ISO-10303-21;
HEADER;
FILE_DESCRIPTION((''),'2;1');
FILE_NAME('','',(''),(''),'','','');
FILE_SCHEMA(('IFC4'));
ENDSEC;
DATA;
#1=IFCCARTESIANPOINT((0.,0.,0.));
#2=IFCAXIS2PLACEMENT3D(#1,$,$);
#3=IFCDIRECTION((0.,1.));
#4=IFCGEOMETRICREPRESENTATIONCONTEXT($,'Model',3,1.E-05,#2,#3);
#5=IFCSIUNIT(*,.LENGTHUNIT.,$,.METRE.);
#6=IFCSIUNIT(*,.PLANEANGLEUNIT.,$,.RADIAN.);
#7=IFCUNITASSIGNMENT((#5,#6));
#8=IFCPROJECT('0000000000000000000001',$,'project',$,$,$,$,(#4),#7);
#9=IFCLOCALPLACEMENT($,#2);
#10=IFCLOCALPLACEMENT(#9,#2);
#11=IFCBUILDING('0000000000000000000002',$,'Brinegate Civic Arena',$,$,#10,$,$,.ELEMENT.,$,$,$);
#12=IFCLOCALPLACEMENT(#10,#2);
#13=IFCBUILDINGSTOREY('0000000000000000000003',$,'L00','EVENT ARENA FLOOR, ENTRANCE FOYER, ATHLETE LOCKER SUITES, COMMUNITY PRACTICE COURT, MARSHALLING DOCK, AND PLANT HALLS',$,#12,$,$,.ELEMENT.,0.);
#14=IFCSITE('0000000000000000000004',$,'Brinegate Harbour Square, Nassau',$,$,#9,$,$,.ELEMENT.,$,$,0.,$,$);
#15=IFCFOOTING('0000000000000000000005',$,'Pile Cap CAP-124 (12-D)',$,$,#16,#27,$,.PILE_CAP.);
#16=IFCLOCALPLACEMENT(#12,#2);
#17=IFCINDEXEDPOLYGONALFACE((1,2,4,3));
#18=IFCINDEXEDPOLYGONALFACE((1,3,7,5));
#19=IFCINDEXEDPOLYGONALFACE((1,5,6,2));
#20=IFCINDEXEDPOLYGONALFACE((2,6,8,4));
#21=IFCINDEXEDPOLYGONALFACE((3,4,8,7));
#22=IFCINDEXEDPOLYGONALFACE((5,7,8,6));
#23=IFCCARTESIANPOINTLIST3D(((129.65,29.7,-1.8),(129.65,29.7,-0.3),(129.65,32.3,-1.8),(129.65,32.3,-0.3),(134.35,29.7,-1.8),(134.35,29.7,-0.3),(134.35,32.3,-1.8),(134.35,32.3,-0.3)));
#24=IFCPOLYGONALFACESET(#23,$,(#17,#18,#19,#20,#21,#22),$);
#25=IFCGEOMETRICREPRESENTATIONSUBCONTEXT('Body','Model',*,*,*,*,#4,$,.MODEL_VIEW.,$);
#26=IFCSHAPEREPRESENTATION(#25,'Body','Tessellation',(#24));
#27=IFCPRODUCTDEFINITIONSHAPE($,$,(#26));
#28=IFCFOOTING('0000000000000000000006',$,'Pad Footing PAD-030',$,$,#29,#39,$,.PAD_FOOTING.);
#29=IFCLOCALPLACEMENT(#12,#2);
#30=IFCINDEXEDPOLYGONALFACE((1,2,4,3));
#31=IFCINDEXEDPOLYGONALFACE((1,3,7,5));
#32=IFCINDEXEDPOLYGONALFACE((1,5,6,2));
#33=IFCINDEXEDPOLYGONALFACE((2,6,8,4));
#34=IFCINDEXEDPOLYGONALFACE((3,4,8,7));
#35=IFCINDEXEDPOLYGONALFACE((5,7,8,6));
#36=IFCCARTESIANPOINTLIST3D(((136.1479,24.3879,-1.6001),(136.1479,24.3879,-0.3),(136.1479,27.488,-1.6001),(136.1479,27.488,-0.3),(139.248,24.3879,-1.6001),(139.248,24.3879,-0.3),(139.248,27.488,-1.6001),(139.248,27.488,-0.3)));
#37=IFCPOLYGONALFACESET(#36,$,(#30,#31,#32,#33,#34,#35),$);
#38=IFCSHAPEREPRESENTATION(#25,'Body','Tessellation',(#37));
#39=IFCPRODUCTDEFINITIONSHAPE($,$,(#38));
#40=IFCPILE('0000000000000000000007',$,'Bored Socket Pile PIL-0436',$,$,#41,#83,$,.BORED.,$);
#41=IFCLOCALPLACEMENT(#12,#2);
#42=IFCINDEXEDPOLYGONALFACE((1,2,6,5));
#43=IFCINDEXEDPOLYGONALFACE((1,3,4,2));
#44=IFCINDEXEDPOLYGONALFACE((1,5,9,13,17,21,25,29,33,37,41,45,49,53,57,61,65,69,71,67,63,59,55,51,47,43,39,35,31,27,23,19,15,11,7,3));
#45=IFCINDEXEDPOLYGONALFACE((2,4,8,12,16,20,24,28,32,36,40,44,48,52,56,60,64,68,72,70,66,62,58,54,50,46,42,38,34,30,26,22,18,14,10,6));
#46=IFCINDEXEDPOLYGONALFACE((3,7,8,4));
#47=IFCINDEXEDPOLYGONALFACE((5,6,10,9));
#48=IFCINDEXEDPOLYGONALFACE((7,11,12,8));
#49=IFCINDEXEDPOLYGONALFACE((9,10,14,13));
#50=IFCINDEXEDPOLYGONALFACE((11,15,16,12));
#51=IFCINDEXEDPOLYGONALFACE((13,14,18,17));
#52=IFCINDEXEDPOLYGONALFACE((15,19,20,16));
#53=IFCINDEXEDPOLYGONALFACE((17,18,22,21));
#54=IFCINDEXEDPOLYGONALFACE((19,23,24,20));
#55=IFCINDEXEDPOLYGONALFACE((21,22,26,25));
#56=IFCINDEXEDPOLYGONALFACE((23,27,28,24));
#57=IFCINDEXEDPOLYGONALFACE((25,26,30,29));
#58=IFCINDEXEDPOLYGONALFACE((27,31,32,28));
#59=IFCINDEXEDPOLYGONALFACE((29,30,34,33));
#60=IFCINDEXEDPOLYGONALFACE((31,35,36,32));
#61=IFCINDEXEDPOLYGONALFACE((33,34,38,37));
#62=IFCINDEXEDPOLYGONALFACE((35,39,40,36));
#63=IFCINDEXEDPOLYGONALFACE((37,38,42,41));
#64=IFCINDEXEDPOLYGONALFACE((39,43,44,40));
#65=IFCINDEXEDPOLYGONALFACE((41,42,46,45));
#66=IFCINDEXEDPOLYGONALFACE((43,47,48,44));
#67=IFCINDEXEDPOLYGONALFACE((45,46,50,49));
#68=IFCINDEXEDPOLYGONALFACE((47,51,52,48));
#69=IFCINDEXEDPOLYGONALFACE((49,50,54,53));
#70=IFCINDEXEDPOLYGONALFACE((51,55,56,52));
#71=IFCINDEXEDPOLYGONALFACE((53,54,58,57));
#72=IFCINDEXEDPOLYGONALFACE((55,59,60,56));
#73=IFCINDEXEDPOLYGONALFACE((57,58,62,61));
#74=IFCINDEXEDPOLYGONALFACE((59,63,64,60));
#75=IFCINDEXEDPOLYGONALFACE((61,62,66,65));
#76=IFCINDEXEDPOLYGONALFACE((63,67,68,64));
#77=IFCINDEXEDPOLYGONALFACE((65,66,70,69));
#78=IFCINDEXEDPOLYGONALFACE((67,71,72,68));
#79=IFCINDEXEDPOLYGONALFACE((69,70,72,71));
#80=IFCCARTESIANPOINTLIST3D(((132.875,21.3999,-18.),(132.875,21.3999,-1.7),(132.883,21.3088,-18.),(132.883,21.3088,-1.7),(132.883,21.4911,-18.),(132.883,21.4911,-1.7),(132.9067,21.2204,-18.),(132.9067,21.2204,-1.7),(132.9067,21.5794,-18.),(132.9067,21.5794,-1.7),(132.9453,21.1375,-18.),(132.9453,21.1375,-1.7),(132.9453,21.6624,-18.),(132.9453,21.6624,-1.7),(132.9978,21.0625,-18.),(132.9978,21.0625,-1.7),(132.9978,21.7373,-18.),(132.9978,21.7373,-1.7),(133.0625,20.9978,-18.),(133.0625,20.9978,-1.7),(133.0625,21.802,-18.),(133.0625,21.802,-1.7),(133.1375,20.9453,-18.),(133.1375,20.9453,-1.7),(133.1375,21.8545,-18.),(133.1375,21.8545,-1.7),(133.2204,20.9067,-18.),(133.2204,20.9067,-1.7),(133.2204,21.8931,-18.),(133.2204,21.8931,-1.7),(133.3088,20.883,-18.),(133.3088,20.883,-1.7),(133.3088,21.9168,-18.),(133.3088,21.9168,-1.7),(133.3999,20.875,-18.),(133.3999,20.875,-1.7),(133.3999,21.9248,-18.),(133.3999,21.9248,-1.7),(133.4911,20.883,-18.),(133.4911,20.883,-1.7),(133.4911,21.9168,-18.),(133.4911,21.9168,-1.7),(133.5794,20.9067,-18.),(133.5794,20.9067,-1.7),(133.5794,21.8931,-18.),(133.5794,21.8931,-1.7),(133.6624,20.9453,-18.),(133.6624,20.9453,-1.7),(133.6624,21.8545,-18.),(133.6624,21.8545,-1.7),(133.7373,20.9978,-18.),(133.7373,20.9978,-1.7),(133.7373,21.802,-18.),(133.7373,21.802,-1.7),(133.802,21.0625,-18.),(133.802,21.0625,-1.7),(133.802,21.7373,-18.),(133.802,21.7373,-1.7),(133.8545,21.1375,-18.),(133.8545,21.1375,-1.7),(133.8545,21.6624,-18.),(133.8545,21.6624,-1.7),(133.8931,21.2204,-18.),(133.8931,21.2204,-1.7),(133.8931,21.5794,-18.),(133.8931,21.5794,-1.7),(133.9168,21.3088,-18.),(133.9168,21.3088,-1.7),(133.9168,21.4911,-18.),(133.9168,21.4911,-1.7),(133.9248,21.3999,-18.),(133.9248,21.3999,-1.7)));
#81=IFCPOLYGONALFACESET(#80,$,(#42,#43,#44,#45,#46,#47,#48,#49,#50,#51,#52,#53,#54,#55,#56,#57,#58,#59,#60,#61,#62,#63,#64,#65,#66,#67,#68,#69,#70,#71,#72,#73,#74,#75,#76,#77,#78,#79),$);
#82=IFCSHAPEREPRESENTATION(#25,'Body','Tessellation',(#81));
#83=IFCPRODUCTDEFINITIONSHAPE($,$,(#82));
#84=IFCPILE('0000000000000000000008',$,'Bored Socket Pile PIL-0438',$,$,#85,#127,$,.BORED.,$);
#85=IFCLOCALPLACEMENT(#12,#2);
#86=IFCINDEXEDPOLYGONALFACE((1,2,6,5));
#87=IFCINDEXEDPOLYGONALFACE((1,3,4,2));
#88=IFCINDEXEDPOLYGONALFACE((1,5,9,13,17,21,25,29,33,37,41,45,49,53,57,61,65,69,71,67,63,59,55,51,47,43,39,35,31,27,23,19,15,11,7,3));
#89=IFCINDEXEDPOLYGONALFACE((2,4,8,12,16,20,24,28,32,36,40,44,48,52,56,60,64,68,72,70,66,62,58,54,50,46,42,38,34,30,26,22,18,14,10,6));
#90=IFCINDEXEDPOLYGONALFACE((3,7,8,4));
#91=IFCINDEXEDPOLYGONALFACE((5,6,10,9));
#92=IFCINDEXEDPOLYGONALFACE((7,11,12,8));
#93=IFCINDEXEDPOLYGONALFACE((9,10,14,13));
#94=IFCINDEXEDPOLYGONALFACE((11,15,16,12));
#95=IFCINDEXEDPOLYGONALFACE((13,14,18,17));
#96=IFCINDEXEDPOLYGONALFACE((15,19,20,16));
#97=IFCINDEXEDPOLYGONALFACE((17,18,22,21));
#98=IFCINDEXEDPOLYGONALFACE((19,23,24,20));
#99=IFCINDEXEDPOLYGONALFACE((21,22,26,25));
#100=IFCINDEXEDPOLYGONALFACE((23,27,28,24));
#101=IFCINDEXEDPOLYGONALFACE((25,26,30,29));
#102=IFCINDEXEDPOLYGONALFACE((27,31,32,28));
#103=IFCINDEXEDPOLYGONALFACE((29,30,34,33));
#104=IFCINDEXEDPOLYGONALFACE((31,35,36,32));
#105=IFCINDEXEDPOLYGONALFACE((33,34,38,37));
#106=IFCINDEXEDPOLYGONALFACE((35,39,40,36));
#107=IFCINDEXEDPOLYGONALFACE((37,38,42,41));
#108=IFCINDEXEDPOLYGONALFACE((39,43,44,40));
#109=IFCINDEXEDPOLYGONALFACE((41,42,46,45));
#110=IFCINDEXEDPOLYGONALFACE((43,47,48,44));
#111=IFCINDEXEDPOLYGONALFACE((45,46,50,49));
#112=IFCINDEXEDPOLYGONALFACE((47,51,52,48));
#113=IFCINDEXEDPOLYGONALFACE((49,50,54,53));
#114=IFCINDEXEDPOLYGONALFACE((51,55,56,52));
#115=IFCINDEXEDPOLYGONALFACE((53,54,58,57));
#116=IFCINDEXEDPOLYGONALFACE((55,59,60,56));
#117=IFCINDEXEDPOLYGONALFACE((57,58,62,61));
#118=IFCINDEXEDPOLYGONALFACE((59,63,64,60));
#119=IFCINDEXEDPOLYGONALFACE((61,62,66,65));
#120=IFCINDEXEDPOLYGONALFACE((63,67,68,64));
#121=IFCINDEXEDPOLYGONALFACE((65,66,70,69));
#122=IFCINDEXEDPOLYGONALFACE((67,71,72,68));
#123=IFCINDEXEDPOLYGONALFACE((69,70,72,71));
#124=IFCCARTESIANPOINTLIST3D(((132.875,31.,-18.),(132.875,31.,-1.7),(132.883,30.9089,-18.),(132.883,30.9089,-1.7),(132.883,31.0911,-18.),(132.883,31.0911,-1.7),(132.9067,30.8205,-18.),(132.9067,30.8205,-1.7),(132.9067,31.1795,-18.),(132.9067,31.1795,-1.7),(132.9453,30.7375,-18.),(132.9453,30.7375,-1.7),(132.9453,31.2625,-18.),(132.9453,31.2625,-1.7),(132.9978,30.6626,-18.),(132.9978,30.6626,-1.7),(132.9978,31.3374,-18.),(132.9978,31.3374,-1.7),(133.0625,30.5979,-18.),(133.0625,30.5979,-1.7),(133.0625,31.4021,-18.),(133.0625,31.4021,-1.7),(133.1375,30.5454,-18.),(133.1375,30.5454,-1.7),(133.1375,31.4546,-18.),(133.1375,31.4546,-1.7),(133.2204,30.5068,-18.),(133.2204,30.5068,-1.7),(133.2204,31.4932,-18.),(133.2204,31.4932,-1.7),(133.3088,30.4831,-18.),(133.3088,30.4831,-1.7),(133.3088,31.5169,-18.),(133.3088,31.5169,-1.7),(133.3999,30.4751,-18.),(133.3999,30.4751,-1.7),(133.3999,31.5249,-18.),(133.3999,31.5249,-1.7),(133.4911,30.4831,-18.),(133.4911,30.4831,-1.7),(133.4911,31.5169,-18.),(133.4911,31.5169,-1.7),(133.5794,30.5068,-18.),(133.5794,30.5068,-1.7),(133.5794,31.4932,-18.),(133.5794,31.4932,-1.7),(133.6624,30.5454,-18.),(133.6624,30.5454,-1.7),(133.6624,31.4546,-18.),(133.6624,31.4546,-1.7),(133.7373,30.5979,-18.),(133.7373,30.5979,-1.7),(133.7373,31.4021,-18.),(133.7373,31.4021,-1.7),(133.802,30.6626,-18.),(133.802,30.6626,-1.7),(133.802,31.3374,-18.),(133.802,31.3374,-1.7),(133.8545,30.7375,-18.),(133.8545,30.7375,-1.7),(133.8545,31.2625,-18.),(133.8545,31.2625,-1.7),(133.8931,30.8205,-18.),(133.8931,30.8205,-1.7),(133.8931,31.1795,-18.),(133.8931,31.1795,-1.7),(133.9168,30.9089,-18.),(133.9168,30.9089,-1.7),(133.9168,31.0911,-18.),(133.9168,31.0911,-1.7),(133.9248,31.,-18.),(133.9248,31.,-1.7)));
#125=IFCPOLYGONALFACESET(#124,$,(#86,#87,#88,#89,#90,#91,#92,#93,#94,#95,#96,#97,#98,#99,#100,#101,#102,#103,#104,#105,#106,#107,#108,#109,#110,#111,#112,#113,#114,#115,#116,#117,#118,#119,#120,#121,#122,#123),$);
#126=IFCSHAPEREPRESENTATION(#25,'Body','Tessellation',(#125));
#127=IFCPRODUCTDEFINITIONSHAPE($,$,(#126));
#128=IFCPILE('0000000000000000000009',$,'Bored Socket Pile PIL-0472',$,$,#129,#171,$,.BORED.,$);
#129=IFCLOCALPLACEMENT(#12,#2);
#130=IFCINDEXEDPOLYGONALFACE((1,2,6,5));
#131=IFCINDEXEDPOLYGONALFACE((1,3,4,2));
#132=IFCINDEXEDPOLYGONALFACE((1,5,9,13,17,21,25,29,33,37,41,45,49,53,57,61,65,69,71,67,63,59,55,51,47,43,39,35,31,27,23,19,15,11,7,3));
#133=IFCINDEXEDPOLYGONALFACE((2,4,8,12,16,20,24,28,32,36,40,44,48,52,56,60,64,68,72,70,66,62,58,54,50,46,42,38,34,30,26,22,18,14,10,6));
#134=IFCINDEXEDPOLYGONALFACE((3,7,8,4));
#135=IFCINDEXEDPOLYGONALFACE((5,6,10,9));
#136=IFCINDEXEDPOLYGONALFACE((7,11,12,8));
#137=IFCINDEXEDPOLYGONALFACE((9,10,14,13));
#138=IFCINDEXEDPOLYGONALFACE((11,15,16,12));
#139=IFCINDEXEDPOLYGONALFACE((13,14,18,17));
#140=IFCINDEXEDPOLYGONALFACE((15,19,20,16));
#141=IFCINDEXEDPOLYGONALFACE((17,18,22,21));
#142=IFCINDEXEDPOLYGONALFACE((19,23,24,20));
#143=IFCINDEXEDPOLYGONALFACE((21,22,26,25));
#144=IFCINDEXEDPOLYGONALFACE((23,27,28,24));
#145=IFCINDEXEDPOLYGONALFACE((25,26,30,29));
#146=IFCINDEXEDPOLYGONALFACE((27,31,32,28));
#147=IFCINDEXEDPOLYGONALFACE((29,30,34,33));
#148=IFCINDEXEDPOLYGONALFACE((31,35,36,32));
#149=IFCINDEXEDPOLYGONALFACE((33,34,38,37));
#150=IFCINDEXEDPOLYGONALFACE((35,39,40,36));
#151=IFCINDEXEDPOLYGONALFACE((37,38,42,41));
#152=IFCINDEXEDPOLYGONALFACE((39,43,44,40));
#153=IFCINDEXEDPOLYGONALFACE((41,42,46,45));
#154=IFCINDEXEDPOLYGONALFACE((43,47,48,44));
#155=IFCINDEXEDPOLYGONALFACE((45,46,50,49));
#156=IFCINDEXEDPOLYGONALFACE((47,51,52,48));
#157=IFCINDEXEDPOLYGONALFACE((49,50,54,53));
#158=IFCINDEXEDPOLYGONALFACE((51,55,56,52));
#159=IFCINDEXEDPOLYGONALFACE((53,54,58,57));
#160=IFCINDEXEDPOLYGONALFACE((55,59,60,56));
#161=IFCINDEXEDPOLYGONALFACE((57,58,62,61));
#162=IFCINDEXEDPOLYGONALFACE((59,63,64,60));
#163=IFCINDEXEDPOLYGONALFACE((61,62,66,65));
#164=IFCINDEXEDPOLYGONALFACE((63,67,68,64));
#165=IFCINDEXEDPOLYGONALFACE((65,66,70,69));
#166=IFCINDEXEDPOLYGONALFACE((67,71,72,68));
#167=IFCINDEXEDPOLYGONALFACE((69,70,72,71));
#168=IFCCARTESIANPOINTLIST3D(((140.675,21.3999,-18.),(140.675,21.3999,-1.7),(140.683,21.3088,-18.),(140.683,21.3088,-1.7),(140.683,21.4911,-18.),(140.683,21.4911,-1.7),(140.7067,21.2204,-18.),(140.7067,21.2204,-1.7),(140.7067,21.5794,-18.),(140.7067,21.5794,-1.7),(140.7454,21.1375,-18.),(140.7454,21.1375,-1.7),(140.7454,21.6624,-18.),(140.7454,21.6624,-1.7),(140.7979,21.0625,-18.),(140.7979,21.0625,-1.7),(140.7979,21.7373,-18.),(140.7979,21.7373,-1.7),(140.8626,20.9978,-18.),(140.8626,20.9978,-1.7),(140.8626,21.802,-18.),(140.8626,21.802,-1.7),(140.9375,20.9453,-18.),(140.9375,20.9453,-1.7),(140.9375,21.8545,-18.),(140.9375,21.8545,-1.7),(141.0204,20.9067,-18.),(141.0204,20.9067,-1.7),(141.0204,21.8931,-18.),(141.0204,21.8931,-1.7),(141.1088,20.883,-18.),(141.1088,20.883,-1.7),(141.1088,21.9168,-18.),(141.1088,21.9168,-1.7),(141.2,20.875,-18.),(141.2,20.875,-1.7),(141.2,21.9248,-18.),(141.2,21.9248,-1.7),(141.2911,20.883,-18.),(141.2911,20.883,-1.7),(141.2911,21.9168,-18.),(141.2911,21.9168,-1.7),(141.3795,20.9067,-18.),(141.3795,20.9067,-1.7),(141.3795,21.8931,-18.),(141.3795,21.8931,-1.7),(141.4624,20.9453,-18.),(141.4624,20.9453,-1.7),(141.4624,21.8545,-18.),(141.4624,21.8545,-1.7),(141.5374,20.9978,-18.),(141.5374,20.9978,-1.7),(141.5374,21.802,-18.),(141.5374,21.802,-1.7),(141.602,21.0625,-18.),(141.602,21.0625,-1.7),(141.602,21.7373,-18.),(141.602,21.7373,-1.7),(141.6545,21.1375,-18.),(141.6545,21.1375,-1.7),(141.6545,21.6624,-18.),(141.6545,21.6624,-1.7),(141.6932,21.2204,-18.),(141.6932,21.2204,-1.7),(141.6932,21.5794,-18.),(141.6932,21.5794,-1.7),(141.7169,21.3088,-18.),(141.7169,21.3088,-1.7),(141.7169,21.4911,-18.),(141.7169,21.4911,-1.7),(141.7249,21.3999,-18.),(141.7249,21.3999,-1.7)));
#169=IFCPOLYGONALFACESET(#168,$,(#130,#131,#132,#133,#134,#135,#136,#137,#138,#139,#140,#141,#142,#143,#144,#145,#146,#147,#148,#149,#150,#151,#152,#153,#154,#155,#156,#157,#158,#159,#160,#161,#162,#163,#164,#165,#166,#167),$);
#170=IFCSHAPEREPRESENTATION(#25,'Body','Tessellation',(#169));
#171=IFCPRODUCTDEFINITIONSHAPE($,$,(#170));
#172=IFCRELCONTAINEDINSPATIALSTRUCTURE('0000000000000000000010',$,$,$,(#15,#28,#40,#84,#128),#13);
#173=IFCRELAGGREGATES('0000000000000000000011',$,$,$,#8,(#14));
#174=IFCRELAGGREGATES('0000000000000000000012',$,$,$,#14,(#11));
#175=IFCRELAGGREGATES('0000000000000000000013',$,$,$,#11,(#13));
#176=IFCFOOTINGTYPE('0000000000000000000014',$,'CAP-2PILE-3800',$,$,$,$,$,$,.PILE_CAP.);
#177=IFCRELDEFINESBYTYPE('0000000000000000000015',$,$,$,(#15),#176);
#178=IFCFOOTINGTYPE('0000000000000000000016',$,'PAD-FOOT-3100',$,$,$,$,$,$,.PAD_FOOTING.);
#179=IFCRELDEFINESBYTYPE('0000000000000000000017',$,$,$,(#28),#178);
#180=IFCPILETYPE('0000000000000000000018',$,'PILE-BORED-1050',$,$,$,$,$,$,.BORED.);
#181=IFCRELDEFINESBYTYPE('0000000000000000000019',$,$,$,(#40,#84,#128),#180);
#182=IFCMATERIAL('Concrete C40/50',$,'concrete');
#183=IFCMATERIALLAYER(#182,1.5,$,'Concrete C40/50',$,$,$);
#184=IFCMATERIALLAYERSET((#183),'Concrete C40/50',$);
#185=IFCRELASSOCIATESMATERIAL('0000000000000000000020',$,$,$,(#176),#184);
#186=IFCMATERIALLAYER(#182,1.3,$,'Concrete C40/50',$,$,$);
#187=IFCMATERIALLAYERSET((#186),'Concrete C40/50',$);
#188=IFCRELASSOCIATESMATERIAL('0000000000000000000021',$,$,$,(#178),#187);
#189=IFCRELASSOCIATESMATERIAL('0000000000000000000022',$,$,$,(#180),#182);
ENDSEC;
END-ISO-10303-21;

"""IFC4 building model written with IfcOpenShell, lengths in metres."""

from ifc_helpers import new_model, si_unit, direction, frame, origin, origin_2d, place, context, subcontext, project, spatial, rectangle, circle, extrude, material, layer, layer_set, material_profile, profile_set, type_object, element, save


model = new_model("IFC4")

# Units and contexts
model_context = context("Model", 3, precision=1e-05, world=origin(), true_north=direction((0.0, 1.0)))
body_context = subcontext(model_context, "Body", "Model", "MODEL_VIEW")
ifc_project = project(units=[si_unit("LENGTHUNIT", "METRE"), si_unit("PLANEANGLEUNIT", "RADIAN")], contexts=[model_context])

# Site, building, storey
site_placement = place(None, origin())
site = spatial("IfcSite", under=ifc_project, at=site_placement, Name="Brinegate Harbour Square, Nassau", CompositionType="ELEMENT", RefElevation=0.0)
building_placement = place(site_placement, origin())
building = spatial("IfcBuilding", under=site, at=building_placement, Name="Brinegate Civic Arena", CompositionType="ELEMENT")
storey_placement = place(building_placement, origin())
storey = spatial("IfcBuildingStorey", under=building, at=storey_placement, Name="L00", Description="EVENT ARENA FLOOR, ENTRANCE FOYER, ATHLETE LOCKER SUITES, COMMUNITY PRACTICE COURT, MARSHALLING DOCK, AND PLANT HALLS", CompositionType="ELEMENT", Elevation=0.0)

# Footings
ifc_material_1 = material(Name="Concrete C40/50", Category="concrete")
ifc_layer_1 = layer(ifc_material_1, 1.5, Name="Concrete C40/50")
ifc_layer_set_1 = layer_set([ifc_layer_1], Name="Concrete C40/50")
footing_type_1 = type_object("IfcFootingType", Name="CAP-2PILE-3800", PredefinedType="PILE_CAP", material=ifc_layer_set_1)
footing_1_placement = place(storey_placement, frame((132.0, 31.0, -1.8), z_axis=(0.0, 0.0, 1.0), x_axis=(1.0, 0.0, 0.0)))
element("IfcFooting", 1, at=footing_1_placement, inside=storey, type_object=footing_type_1, Name="Pile Cap CAP-124 (12-D)", PredefinedType="PILE_CAP", context=body_context, shape_type="SweptSolid", body=[
    extrude(rectangle(XDim=4.7, YDim=2.6001, at=origin_2d()), origin(), (0.0, 0.0, 1.0), 1.5),
])
ifc_layer_2 = layer(ifc_material_1, 1.3, Name="Concrete C40/50")
ifc_layer_set_2 = layer_set([ifc_layer_2], Name="Concrete C40/50")
footing_type_2 = type_object("IfcFootingType", Name="PAD-FOOT-3100", PredefinedType="PAD_FOOTING", material=ifc_layer_set_2)
footing_2_placement = place(storey_placement, frame((137.698, 25.938, -1.6001), z_axis=(0.0, 0.0, 1.0), x_axis=(1.0, 0.0, 0.0)))
element("IfcFooting", 2, at=footing_2_placement, inside=storey, type_object=footing_type_2, Name="Pad Footing PAD-030", PredefinedType="PAD_FOOTING", context=body_context, shape_type="SweptSolid", body=[
    extrude(rectangle(XDim=3.1001, YDim=3.1001, at=origin_2d()), origin(), (0.0, 0.0, 1.0), 1.3),
])

# Piles
ifc_material_profile_1 = material_profile(ifc_material_1, circle(Radius=0.5249, at=origin_2d()), Name="PILED1050")
ifc_profile_set_1 = profile_set([ifc_material_profile_1], Name="Concrete C40/50")
pile_type = type_object("IfcPileType", Name="PILE-BORED-1050", PredefinedType="BORED", material=ifc_profile_set_1)
for number, where, z_axis, x_axis, name in (
    (3, (133.3999, 21.3999, -1.7), (0.0, 0.0, -1.0), (1.0, 0.0, 0.0), "Bored Socket Pile PIL-0436"),
    (4, (133.3999, 31.0, -1.7), (0.0, 0.0, -1.0), (1.0, 0.0, 0.0), "Bored Socket Pile PIL-0438"),
    (5, (141.2, 21.3999, -1.7), (0.0, 0.0, -1.0), (1.0, 0.0, 0.0), "Bored Socket Pile PIL-0472"),
):
    element("IfcPile", number, at=place(storey_placement, frame(where, z_axis=z_axis, x_axis=x_axis)), inside=storey, type_object=pile_type, Name=name, PredefinedType="BORED", context=body_context, shape_type="SweptSolid", body=[
        extrude(circle(Radius=0.5249, at=origin_2d()), origin(), (0.0, 0.0, 1.0), 16.3),
    ])

save(model, "model.ifc")
